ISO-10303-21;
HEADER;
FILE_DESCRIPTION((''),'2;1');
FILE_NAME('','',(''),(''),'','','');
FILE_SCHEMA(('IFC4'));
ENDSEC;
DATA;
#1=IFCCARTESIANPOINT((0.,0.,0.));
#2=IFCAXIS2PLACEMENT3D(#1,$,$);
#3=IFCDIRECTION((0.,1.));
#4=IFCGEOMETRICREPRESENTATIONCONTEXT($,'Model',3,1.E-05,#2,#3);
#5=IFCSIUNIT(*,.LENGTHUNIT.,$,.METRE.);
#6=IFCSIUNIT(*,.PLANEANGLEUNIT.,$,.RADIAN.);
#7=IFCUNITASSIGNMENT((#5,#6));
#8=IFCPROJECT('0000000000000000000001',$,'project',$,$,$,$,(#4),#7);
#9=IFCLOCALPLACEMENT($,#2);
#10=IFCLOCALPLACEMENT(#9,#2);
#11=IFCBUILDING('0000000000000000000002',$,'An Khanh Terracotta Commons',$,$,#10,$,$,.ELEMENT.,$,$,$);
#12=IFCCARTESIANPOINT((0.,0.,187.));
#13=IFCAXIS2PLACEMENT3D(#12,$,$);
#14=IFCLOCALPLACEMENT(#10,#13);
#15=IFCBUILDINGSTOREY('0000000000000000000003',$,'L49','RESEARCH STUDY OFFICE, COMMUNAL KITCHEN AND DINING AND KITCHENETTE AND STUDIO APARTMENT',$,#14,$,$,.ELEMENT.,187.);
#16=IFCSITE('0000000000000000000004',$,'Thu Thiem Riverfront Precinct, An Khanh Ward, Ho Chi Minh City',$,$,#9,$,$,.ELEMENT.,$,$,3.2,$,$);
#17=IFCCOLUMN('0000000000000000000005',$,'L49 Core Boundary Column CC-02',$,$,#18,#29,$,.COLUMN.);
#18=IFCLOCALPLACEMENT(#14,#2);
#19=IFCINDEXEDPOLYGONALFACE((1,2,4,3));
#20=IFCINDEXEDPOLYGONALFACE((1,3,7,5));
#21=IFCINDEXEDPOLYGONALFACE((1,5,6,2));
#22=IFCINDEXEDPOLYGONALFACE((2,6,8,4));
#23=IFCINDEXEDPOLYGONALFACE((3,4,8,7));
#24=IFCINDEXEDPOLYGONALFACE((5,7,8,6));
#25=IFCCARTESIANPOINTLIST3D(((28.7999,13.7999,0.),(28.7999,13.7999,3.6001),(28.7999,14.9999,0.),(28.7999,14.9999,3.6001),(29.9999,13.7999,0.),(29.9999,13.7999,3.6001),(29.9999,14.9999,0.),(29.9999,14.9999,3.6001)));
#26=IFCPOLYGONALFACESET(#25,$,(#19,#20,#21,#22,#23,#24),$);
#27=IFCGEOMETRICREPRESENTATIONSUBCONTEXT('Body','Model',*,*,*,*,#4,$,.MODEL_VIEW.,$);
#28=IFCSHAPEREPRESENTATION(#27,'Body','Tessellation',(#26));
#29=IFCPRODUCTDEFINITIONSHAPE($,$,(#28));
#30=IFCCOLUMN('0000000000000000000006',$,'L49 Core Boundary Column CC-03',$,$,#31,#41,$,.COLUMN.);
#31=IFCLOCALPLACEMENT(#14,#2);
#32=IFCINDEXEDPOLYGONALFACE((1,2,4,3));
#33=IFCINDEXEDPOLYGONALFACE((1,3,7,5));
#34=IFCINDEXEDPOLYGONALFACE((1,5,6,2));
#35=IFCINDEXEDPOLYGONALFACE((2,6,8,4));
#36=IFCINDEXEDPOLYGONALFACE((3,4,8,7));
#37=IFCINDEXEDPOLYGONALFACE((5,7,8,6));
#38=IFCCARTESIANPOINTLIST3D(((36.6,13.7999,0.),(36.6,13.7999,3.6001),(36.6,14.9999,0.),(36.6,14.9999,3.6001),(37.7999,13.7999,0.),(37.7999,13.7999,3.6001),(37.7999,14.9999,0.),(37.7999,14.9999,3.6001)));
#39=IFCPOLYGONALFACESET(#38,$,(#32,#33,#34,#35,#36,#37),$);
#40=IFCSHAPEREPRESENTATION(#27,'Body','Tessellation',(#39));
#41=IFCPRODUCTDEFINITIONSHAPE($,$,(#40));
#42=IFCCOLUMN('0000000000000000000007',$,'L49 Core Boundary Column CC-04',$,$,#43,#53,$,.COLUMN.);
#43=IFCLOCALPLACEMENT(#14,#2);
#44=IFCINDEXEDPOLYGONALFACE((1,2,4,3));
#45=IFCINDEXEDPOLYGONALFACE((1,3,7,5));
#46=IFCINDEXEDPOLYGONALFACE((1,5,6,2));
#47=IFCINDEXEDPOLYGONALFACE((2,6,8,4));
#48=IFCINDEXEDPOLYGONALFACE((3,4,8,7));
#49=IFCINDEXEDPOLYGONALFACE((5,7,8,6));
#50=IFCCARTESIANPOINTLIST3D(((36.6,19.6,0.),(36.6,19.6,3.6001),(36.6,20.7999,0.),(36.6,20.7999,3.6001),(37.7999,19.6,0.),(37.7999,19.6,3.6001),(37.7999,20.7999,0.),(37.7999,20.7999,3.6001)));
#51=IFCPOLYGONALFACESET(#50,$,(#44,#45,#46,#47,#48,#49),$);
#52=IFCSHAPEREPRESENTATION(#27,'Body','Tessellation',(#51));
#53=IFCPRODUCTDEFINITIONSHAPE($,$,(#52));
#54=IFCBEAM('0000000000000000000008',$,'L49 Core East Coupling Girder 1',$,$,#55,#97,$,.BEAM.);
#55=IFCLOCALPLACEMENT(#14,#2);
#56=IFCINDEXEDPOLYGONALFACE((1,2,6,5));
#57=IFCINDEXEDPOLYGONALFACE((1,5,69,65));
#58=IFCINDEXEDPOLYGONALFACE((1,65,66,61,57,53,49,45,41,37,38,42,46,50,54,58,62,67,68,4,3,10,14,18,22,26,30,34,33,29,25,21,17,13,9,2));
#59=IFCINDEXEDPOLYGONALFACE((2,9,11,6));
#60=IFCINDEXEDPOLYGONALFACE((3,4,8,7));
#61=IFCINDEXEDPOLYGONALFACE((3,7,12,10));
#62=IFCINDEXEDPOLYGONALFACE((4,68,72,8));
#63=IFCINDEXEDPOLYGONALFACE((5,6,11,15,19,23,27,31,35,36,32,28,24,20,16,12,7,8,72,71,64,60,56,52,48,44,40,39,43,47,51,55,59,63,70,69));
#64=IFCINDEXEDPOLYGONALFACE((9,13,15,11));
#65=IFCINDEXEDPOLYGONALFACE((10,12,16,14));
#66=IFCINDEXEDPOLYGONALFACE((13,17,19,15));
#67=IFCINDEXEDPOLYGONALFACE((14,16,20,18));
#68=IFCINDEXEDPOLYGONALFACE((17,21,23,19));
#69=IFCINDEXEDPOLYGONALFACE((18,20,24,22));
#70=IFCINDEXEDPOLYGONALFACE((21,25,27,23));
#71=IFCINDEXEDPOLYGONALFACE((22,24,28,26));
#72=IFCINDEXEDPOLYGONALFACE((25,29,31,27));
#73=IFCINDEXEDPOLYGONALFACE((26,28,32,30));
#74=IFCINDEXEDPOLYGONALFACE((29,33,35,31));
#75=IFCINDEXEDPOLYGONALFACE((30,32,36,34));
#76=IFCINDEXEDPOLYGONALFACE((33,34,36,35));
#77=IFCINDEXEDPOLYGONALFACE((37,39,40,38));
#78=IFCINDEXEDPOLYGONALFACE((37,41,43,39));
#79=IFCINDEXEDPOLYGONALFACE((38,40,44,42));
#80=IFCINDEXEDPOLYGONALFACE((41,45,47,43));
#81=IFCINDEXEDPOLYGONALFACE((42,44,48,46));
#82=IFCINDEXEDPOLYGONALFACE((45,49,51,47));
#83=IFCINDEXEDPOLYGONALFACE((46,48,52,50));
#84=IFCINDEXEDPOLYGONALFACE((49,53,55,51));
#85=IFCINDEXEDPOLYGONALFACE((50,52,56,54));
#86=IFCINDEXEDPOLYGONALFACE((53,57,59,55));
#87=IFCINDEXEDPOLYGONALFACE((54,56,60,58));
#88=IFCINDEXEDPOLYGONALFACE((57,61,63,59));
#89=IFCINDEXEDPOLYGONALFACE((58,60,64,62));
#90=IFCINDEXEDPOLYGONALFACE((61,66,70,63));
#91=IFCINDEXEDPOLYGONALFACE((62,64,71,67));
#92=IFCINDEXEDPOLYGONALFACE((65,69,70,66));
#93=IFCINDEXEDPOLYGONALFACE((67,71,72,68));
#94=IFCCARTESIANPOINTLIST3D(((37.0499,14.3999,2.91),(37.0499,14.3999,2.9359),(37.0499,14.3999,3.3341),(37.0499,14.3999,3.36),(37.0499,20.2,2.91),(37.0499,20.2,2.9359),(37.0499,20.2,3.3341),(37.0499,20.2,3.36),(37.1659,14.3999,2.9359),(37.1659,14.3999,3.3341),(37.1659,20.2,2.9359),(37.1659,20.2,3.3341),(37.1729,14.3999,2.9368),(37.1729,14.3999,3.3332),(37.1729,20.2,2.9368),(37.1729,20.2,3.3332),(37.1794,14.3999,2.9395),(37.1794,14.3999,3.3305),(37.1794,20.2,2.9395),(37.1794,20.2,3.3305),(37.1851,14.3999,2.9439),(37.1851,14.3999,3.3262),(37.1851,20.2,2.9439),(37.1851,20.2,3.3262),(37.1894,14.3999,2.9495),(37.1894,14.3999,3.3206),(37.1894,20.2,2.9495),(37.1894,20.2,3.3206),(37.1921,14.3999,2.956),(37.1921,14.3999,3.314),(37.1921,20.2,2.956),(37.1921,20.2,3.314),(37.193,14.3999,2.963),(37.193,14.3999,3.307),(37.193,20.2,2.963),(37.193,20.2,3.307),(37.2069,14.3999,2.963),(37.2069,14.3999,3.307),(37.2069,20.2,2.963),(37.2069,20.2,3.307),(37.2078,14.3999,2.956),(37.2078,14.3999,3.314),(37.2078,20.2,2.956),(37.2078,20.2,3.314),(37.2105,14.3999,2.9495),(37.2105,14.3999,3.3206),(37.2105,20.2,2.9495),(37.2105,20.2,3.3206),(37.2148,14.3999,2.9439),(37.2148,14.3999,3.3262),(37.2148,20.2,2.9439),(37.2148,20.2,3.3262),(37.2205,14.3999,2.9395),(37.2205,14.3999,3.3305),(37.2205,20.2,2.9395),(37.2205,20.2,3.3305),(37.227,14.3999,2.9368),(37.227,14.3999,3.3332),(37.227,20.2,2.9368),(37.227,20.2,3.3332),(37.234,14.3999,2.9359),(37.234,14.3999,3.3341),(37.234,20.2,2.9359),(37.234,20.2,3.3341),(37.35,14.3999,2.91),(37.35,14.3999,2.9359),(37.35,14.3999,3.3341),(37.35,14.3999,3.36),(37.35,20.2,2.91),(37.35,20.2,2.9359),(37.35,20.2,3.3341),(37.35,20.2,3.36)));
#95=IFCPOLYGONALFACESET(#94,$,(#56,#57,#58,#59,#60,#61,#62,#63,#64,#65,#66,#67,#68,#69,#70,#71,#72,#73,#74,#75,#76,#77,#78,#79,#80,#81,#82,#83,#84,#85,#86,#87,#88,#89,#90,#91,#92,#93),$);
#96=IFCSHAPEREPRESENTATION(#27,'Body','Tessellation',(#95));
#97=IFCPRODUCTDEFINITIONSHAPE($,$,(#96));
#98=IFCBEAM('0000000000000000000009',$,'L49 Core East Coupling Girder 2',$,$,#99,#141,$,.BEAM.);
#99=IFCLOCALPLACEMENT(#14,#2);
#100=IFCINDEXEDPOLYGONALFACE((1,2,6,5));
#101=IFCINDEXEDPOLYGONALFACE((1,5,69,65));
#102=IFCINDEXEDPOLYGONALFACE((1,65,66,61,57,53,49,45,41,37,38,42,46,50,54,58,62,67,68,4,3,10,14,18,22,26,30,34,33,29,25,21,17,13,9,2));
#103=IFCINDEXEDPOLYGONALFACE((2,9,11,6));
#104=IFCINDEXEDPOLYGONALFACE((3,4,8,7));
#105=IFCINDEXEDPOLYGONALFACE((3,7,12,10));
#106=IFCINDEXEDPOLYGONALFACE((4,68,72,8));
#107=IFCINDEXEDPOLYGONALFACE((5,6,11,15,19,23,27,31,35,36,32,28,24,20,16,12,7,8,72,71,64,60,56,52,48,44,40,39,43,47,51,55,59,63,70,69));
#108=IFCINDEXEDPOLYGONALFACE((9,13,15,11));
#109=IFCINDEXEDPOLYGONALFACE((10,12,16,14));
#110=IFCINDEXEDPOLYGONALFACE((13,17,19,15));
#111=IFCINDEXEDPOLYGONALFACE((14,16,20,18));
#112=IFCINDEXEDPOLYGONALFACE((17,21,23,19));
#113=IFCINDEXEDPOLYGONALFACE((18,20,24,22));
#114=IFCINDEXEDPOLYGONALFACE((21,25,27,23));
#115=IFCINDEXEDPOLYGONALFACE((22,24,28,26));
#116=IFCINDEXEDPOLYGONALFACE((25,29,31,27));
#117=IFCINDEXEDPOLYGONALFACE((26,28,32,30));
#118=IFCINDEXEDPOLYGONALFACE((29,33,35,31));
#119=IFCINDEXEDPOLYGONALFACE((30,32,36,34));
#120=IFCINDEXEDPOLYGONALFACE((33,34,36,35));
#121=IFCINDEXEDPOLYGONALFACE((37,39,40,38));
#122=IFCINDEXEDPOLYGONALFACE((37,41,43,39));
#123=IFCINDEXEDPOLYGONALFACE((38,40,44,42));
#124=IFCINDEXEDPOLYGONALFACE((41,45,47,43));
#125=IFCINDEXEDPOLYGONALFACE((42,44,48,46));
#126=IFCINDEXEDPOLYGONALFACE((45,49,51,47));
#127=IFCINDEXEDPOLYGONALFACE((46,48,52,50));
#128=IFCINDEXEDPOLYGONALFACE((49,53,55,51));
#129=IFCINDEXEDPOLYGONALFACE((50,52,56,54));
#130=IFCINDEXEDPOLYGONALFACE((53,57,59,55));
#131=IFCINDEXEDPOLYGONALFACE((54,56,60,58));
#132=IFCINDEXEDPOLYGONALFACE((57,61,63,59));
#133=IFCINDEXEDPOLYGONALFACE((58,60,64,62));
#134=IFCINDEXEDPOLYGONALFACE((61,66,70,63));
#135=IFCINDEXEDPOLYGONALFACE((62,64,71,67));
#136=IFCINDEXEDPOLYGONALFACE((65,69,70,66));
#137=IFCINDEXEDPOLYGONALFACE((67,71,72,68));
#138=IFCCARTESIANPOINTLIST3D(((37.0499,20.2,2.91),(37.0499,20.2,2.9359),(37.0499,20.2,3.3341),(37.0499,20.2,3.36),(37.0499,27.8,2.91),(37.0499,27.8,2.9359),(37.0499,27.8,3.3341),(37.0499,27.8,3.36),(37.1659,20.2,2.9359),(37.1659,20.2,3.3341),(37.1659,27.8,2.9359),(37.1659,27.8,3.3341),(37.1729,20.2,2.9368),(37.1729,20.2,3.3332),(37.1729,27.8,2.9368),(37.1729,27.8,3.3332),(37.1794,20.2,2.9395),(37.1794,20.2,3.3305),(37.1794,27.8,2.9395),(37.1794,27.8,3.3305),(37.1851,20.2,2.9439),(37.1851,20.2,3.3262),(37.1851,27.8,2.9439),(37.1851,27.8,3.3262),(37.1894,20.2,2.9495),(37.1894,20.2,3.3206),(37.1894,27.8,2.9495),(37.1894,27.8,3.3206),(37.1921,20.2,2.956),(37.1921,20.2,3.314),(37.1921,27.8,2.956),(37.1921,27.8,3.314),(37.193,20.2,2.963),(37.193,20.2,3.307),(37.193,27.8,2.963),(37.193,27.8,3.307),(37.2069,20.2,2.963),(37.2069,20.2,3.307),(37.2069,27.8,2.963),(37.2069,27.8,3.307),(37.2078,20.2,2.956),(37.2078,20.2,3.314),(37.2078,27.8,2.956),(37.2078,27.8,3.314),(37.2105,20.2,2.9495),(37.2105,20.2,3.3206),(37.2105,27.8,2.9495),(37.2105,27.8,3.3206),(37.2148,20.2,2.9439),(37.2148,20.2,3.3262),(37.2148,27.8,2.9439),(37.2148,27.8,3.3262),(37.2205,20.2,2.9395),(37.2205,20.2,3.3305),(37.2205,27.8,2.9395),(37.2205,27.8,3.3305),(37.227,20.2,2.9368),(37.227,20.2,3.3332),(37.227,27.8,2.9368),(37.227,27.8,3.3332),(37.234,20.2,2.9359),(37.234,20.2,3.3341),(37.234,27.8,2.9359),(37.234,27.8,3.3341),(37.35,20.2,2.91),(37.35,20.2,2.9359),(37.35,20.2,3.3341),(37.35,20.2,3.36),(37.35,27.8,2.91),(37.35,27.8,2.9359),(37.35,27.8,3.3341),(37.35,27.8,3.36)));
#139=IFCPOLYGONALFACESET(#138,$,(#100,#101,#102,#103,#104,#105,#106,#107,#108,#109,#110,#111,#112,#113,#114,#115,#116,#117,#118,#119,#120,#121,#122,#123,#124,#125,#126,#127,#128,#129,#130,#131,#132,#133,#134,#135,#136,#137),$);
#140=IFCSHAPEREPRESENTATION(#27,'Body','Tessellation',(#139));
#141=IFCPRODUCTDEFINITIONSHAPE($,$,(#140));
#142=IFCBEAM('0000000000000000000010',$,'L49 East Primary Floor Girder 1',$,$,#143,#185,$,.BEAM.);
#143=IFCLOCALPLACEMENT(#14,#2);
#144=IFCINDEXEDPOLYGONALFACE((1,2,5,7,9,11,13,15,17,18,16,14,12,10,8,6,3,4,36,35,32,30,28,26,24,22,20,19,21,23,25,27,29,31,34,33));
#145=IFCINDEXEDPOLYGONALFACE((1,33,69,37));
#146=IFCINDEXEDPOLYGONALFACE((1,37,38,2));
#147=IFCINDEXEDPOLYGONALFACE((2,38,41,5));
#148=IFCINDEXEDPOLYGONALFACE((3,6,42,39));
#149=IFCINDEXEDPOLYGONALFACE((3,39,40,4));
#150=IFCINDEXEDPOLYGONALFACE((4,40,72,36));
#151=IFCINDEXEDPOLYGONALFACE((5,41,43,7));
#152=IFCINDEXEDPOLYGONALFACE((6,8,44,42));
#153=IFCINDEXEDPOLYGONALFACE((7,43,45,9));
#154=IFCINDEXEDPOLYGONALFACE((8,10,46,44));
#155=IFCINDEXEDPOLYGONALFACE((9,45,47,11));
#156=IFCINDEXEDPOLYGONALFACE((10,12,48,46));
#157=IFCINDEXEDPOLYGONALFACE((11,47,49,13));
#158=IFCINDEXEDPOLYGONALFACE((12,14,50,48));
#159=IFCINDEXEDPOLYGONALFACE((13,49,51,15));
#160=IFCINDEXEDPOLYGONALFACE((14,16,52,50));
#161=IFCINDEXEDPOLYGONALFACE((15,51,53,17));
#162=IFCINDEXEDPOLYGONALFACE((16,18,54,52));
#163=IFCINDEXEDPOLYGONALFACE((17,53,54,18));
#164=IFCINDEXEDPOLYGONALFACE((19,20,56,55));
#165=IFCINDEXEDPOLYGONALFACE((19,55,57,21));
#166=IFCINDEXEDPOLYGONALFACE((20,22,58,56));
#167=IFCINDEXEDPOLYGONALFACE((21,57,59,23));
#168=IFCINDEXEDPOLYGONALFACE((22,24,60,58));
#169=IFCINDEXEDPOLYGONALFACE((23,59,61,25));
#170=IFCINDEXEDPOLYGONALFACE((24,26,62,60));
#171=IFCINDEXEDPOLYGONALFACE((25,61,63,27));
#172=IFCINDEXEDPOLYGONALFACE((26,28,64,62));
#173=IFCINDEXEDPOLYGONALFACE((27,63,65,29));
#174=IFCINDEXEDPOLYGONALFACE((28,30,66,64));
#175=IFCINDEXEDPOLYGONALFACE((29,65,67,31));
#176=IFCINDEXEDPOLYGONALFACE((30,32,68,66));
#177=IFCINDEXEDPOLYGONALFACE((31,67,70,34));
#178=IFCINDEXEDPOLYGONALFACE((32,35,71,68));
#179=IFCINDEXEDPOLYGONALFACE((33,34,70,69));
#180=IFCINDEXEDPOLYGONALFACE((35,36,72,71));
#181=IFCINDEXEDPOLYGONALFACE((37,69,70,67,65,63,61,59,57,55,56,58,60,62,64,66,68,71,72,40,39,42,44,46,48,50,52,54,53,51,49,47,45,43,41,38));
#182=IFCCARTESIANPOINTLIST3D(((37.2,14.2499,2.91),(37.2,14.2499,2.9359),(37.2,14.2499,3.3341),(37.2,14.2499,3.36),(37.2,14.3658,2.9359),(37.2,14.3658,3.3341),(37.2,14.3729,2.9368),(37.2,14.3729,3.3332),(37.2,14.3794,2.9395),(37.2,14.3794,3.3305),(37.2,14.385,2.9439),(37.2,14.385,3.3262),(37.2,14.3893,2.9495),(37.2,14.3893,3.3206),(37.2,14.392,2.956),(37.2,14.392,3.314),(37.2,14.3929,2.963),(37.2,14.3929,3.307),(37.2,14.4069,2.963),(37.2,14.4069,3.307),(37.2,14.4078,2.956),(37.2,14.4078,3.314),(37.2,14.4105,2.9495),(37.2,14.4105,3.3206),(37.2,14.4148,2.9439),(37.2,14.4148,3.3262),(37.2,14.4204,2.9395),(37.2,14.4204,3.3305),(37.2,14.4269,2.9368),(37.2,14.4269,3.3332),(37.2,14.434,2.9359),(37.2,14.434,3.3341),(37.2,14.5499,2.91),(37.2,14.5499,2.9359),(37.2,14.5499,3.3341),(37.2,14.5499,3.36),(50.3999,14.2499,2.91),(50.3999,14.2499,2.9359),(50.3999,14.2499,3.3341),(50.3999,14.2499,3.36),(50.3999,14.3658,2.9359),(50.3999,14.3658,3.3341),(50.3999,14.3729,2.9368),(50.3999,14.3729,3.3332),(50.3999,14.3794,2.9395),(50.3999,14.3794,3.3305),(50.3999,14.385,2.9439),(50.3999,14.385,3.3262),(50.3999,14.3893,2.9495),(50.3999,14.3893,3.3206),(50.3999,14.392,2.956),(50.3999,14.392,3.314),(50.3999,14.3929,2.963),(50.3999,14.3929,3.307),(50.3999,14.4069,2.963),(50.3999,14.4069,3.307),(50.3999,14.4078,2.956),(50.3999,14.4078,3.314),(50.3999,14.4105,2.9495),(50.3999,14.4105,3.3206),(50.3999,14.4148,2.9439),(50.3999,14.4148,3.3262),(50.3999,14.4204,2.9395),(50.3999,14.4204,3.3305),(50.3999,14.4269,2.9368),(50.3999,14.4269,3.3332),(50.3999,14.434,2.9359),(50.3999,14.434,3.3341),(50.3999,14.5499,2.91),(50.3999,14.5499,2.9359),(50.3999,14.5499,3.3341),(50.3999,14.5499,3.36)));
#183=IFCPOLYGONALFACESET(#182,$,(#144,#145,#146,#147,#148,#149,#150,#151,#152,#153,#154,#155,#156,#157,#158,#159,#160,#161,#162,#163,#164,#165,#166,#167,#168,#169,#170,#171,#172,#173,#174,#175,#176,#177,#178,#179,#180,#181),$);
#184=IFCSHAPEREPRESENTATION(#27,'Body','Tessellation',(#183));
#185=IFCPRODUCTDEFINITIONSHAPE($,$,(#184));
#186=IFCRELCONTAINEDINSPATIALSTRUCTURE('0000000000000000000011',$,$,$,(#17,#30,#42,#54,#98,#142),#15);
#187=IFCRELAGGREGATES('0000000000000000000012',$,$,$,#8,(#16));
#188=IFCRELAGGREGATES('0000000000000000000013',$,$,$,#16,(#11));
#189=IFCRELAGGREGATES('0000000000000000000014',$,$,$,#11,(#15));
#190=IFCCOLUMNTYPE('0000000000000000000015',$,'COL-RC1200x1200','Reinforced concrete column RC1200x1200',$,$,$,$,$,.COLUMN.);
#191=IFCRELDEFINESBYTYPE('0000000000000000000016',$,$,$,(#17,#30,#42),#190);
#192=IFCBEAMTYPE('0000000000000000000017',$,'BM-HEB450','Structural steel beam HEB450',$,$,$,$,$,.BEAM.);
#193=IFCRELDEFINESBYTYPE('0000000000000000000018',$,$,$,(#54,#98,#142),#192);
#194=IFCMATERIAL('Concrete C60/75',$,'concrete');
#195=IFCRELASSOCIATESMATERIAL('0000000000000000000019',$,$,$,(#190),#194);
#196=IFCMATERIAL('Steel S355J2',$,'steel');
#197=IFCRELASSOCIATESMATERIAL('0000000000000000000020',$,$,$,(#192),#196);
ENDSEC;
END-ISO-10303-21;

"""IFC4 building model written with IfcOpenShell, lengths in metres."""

from ifc_helpers import new_model, si_unit, direction, frame, origin, origin_2d, place, context, subcontext, project, spatial, rectangle, i_section, extrude, material, material_profile, profile_set, type_object, element, save


model = new_model("IFC4")

# Units and contexts
model_context = context("Model", 3, precision=1e-05, world=origin(), true_north=direction((0.0, 1.0)))
body_context = subcontext(model_context, "Body", "Model", "MODEL_VIEW")
ifc_project = project(units=[si_unit("LENGTHUNIT", "METRE"), si_unit("PLANEANGLEUNIT", "RADIAN")], contexts=[model_context])

# Site, building, storey
site_placement = place(None, origin())
site = spatial("IfcSite", under=ifc_project, at=site_placement, Name="Thu Thiem Riverfront Precinct, An Khanh Ward, Ho Chi Minh City", CompositionType="ELEMENT", RefElevation=3.2)
building_placement = place(site_placement, origin())
building = spatial("IfcBuilding", under=site, at=building_placement, Name="An Khanh Terracotta Commons", CompositionType="ELEMENT")
storey_placement = place(building_placement, frame((0.0, 0.0, 187.0)))
storey = spatial("IfcBuildingStorey", under=building, at=storey_placement, Name="L49", Description="RESEARCH STUDY OFFICE, COMMUNAL KITCHEN AND DINING AND KITCHENETTE AND STUDIO APARTMENT", CompositionType="ELEMENT", Elevation=187.0)

# Columns
ifc_material_1 = material(Name="Concrete C60/75", Category="concrete")
ifc_material_profile_1 = material_profile(ifc_material_1, rectangle(XDim=1.2, YDim=1.2, at=origin_2d()), Name="RC1200x1200")
ifc_profile_set_1 = profile_set([ifc_material_profile_1], Name="Concrete C60/75")
column_type = type_object("IfcColumnType", Name="COL-RC1200x1200", Description="Reinforced concrete column RC1200x1200", PredefinedType="COLUMN", material=ifc_profile_set_1)
for number, where, z_axis, x_axis, name in (
    (1, (29.3999, 14.3999, 0.0), (0.0, 0.0, 1.0), (1.0, 0.0, 0.0), "L49 Core Boundary Column CC-02"),
    (2, (37.2, 14.3999, 0.0), (0.0, 0.0, 1.0), (1.0, 0.0, 0.0), "L49 Core Boundary Column CC-03"),
    (3, (37.2, 20.2, 0.0), (0.0, 0.0, 1.0), (1.0, 0.0, 0.0), "L49 Core Boundary Column CC-04"),
):
    element("IfcColumn", number, at=place(storey_placement, frame(where, z_axis=z_axis, x_axis=x_axis)), inside=storey, type_object=column_type, Name=name, PredefinedType="COLUMN", context=body_context, shape_type="SweptSolid", body=[
        extrude(rectangle(XDim=1.2, YDim=1.2, at=origin_2d()), origin(), (0.0, 0.0, 1.0), 3.6001),
    ])

# Beams
ifc_material_2 = material(Name="Steel S355J2", Category="steel")
ifc_material_profile_2 = material_profile(ifc_material_2, i_section(OverallWidth=0.3, OverallDepth=0.45, WebThickness=0.0139, FlangeThickness=0.0259, FilletRadius=0.0271, at=origin_2d()), Name="HEB450")
ifc_profile_set_2 = profile_set([ifc_material_profile_2], Name="Steel S355J2")
beam_type = type_object("IfcBeamType", Name="BM-HEB450", Description="Structural steel beam HEB450", PredefinedType="BEAM", material=ifc_profile_set_2)
beam_1_placement = place(storey_placement, frame((37.2, 14.3999, 3.135), z_axis=(0.0, 1.0, 0.0), x_axis=(-1.0, 0.0, 0.0)))
element("IfcBeam", 4, at=beam_1_placement, inside=storey, type_object=beam_type, Name="L49 Core East Coupling Girder 1", PredefinedType="BEAM", context=body_context, shape_type="SweptSolid", body=[
    extrude(i_section(OverallWidth=0.3, OverallDepth=0.45, WebThickness=0.0139, FlangeThickness=0.0259, FilletRadius=0.0271, at=origin_2d()), origin(), (0.0, 0.0, 1.0), 5.8),
])
beam_2_placement = place(storey_placement, frame((37.2, 20.2, 3.135), z_axis=(0.0, 1.0, 0.0), x_axis=(-1.0, 0.0, 0.0)))
element("IfcBeam", 5, at=beam_2_placement, inside=storey, type_object=beam_type, Name="L49 Core East Coupling Girder 2", PredefinedType="BEAM", context=body_context, shape_type="SweptSolid", body=[
    extrude(i_section(OverallWidth=0.3, OverallDepth=0.45, WebThickness=0.0139, FlangeThickness=0.0259, FilletRadius=0.0271, at=origin_2d()), origin(), (0.0, 0.0, 1.0), 7.6001),
])
for number, where, z_axis, x_axis, name in (
    (6, (37.2, 14.3999, 3.135), (1.0, 0.0, 0.0), (0.0, 1.0, 0.0), "L49 East Primary Floor Girder 1"),
):
    element("IfcBeam", number, at=place(storey_placement, frame(where, z_axis=z_axis, x_axis=x_axis)), inside=storey, type_object=beam_type, Name=name, PredefinedType="BEAM", context=body_context, shape_type="SweptSolid", body=[
        extrude(i_section(OverallWidth=0.3, OverallDepth=0.45, WebThickness=0.0139, FlangeThickness=0.0259, FilletRadius=0.0271, at=origin_2d()), origin(), (0.0, 0.0, 1.0), 13.2),
    ])

save(model, "model.ifc")
